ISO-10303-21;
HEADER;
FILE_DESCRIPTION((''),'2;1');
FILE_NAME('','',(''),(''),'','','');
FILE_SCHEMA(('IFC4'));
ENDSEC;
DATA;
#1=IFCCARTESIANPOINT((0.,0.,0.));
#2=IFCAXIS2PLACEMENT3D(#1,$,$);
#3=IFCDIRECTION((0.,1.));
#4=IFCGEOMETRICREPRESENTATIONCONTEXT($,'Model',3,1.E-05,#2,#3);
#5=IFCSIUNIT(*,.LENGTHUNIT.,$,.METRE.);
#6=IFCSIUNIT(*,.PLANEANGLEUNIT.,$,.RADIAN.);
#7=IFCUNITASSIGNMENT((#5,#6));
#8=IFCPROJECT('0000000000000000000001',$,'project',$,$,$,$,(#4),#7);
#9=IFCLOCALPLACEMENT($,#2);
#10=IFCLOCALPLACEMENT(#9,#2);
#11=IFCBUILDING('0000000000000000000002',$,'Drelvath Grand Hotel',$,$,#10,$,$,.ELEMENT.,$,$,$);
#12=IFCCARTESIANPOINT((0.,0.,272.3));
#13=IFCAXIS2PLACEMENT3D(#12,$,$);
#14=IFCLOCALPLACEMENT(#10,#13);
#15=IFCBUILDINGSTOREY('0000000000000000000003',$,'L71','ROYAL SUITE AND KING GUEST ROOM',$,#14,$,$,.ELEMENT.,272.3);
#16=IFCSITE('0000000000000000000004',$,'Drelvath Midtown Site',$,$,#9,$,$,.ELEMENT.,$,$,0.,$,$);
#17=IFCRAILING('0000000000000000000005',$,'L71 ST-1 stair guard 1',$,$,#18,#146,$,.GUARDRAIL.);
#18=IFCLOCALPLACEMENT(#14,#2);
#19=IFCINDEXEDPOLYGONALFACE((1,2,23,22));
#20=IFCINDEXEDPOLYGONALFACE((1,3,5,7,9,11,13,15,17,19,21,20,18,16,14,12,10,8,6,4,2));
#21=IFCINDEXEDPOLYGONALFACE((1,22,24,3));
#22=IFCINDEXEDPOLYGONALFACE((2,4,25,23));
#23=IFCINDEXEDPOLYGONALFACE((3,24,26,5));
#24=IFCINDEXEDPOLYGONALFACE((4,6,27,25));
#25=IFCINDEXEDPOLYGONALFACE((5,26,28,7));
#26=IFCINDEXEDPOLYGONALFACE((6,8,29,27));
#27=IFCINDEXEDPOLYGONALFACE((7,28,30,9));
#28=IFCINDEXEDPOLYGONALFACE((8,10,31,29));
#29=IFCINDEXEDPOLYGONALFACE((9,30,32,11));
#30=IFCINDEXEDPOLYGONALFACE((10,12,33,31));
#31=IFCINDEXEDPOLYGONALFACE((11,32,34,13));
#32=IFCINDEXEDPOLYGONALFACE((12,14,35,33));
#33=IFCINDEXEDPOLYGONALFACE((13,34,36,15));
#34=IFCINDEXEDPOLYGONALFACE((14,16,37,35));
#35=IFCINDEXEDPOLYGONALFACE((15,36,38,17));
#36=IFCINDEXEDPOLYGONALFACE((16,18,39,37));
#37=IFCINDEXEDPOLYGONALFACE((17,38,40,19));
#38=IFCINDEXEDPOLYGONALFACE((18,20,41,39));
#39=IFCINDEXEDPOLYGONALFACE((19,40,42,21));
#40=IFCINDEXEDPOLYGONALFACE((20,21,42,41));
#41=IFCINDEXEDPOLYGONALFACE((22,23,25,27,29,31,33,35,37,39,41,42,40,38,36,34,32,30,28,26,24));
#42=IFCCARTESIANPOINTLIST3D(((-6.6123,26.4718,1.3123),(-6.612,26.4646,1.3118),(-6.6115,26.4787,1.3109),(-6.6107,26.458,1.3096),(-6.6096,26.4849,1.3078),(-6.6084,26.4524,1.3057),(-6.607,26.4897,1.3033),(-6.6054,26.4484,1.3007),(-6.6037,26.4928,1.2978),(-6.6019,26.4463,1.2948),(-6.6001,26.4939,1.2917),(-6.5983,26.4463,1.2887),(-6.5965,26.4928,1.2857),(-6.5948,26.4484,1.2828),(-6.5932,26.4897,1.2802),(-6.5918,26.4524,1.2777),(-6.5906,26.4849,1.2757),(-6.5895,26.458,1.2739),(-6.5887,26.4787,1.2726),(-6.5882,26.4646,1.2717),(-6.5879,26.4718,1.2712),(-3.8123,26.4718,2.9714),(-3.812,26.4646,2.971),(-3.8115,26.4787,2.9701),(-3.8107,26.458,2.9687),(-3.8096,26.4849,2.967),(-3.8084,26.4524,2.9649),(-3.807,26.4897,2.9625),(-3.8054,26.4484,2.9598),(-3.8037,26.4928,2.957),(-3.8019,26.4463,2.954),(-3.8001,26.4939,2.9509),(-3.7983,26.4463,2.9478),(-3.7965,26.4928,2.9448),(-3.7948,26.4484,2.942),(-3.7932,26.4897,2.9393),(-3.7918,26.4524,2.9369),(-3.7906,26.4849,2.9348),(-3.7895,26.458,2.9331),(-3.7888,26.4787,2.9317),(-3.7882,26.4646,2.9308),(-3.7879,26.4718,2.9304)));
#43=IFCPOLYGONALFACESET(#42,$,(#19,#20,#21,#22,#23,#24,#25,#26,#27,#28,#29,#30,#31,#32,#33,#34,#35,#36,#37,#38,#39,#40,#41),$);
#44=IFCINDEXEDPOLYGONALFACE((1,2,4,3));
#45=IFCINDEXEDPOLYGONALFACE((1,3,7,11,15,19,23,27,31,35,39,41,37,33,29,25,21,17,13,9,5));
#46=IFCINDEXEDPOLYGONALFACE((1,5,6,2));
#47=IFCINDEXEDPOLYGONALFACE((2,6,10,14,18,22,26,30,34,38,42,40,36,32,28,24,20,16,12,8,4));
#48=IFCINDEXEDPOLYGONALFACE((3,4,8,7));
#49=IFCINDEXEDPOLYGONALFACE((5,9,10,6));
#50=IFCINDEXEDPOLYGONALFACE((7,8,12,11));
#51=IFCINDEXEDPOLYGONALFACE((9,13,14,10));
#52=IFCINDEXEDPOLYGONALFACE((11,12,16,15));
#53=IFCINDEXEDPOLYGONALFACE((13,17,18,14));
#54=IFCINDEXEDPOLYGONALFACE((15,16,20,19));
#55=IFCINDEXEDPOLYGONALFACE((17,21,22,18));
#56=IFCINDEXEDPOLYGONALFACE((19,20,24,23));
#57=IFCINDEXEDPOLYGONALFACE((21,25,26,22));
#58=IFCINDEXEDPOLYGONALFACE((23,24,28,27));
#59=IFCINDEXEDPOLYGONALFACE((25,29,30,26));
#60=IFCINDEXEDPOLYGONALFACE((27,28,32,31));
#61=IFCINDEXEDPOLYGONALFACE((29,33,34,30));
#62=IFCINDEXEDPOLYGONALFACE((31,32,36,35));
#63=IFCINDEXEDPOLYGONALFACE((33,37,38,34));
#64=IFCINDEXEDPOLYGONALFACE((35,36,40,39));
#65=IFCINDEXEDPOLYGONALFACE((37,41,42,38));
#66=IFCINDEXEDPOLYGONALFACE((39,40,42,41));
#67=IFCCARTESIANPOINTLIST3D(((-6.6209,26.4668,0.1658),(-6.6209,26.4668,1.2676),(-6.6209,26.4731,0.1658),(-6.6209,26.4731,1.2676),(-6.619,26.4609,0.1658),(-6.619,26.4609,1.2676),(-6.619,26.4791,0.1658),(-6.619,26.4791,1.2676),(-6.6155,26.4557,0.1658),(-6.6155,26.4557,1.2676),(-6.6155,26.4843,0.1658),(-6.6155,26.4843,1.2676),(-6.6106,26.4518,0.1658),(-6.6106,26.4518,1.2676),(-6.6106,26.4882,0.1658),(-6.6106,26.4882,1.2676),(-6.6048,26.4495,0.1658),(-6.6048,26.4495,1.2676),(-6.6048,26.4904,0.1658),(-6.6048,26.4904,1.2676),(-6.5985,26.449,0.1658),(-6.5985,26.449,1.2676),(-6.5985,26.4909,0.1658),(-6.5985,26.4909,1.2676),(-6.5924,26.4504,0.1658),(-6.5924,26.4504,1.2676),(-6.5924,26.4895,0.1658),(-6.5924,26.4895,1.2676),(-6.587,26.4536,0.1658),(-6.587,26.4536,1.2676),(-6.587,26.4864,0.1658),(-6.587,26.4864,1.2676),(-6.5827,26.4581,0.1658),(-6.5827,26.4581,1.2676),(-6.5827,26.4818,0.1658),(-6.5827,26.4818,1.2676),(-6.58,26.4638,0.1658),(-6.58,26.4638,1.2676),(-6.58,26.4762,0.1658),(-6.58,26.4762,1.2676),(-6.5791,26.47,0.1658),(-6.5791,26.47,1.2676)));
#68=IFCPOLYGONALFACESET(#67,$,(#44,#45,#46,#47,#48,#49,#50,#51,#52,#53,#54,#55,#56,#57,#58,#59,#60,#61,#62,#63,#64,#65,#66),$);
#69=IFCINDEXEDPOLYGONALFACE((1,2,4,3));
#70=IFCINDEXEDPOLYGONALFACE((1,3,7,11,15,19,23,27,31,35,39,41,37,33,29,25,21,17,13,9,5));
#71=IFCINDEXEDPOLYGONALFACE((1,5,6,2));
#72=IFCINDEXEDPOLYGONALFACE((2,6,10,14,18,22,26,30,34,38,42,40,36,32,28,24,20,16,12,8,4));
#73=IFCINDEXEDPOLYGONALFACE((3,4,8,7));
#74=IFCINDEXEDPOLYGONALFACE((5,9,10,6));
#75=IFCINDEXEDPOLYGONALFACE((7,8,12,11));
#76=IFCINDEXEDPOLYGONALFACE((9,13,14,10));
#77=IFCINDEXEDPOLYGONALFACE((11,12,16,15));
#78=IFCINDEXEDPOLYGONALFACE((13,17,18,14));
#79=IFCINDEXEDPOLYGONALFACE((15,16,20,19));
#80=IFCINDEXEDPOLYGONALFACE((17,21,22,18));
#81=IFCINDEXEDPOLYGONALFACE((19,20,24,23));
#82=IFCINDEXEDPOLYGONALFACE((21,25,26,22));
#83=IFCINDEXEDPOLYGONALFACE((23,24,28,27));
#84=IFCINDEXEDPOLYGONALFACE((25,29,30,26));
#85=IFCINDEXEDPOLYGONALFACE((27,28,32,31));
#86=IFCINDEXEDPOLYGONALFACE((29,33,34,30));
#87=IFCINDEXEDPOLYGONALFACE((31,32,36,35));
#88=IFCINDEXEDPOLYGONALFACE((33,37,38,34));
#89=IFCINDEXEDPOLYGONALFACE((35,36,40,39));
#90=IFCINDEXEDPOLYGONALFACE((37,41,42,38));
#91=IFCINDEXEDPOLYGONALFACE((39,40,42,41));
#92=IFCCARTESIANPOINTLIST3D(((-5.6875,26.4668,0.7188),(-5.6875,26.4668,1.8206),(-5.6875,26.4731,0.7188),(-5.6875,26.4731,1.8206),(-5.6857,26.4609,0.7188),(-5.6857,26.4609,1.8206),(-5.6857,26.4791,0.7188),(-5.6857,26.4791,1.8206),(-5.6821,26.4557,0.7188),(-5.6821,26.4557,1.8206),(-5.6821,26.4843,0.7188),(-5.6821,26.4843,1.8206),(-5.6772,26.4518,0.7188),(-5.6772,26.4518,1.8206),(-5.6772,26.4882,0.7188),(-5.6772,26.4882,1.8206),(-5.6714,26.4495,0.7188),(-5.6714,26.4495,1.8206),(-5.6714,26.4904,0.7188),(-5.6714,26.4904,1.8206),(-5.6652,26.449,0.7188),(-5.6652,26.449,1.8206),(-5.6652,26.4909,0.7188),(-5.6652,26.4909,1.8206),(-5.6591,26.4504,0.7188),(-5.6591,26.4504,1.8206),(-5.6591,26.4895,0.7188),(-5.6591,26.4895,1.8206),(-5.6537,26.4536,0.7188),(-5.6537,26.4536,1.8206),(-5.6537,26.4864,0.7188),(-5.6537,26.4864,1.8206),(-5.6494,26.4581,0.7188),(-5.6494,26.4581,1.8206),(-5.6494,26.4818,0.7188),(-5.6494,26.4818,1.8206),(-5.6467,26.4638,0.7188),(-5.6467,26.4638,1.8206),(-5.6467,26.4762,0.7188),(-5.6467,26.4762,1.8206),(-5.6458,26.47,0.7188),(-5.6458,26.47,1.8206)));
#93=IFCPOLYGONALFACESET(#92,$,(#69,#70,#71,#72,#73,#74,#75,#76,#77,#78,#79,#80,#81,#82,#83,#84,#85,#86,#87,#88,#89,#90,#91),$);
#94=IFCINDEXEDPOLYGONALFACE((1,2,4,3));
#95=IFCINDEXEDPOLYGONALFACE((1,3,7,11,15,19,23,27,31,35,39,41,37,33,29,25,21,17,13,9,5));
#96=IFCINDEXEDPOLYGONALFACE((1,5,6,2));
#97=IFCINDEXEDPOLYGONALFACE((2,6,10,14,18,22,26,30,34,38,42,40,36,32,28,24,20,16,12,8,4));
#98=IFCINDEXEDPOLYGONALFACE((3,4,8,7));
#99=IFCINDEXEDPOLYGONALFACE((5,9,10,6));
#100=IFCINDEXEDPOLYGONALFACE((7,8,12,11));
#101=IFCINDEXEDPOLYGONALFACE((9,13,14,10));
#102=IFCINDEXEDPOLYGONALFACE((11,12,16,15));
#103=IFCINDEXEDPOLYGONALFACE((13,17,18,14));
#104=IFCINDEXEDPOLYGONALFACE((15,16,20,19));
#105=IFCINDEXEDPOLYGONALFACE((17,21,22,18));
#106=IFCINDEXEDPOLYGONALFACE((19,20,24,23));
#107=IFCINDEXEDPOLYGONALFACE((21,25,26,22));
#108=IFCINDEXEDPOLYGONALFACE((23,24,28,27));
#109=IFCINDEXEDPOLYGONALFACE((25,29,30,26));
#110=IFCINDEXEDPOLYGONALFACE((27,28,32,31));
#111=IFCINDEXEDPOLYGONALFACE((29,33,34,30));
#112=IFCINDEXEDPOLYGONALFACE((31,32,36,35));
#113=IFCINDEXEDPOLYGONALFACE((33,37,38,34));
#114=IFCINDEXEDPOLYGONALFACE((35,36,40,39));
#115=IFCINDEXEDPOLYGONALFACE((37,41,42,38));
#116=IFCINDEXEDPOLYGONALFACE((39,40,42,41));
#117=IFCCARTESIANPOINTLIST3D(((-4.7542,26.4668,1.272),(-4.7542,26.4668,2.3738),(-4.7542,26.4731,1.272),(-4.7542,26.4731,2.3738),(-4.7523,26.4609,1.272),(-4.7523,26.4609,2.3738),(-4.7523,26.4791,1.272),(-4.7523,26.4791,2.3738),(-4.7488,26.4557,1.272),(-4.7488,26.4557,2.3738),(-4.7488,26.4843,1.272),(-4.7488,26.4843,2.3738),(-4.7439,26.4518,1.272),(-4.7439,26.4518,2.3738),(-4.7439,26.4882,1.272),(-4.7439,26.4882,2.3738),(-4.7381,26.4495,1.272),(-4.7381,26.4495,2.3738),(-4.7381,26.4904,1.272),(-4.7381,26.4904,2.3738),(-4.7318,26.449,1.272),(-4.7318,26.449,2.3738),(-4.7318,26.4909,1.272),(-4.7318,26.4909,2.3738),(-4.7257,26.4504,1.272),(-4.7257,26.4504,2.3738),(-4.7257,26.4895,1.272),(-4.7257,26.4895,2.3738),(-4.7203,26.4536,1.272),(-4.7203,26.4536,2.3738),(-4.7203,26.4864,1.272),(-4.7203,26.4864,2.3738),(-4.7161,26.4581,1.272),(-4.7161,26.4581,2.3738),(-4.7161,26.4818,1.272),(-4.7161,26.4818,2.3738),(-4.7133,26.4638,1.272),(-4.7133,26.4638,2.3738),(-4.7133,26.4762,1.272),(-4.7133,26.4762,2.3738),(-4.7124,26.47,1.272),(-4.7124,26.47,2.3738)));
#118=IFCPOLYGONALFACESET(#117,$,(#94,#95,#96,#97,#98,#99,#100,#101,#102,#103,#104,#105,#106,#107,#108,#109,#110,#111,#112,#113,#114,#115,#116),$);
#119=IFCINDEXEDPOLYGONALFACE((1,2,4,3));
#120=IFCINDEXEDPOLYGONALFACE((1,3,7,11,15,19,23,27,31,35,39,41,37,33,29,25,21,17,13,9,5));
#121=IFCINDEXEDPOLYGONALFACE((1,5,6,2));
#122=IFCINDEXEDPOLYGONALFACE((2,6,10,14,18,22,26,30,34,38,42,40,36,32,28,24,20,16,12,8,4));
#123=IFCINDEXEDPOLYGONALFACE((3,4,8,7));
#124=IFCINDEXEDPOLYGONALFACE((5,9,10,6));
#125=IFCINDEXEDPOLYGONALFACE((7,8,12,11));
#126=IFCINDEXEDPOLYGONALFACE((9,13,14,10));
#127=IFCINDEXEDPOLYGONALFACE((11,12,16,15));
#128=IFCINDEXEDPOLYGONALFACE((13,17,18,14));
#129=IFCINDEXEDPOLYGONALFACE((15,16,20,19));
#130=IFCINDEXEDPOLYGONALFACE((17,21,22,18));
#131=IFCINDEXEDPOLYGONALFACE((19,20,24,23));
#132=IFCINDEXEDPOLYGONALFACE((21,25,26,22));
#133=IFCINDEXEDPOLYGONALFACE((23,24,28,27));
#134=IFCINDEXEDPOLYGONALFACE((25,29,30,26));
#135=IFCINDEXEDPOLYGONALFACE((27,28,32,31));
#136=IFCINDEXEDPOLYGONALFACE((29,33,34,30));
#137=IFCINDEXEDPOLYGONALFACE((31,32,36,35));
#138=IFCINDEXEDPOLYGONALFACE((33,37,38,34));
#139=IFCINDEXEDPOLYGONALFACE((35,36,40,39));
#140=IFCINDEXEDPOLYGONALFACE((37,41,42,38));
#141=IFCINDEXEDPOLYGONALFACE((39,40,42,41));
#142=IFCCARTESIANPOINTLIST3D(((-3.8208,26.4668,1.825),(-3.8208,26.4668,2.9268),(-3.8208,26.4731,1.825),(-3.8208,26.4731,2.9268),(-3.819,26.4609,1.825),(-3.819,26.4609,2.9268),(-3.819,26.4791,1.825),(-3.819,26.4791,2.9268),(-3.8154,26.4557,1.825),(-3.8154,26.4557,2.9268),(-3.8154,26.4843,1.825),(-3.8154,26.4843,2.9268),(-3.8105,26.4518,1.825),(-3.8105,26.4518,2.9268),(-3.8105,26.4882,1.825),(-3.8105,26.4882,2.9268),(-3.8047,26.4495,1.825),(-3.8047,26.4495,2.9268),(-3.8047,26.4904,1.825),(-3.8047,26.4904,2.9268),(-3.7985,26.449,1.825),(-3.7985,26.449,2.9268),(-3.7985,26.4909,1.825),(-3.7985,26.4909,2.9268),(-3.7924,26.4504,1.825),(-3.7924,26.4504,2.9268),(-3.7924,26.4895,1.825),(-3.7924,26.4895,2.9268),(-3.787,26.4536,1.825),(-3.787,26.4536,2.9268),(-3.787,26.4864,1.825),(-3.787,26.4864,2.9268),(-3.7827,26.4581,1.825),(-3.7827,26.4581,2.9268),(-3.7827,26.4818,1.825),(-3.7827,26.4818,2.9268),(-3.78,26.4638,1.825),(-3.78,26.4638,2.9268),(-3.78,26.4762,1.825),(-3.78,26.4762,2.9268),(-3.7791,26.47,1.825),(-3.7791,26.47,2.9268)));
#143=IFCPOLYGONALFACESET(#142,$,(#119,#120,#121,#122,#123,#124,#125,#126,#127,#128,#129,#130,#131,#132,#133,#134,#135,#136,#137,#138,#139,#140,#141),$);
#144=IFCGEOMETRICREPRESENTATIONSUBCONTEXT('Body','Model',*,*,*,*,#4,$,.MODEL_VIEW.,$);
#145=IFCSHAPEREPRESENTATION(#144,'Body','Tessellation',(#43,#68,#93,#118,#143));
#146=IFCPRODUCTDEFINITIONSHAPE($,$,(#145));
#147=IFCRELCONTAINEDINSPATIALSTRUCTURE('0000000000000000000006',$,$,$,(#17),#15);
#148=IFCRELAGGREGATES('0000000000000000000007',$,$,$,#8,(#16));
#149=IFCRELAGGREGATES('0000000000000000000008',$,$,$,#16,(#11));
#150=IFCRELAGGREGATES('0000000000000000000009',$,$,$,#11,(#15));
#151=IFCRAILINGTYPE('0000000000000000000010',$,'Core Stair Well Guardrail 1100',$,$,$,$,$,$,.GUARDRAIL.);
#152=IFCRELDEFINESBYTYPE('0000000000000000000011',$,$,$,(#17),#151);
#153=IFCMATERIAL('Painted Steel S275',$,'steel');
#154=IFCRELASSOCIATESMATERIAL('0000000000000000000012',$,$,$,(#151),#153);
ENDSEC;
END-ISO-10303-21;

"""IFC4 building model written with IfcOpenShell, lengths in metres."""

from ifc_helpers import new_model, si_unit, direction, frame, origin, origin_2d, place, context, subcontext, project, spatial, circle, extrude, material, type_object, element, save


model = new_model("IFC4")

# Units and contexts
model_context = context("Model", 3, precision=1e-05, world=origin(), true_north=direction((0.0, 1.0)))
body_context = subcontext(model_context, "Body", "Model", "MODEL_VIEW")
ifc_project = project(units=[si_unit("LENGTHUNIT", "METRE"), si_unit("PLANEANGLEUNIT", "RADIAN")], contexts=[model_context])

# Site, building, storey
site_placement = place(None, origin())
site = spatial("IfcSite", under=ifc_project, at=site_placement, Name="Drelvath Midtown Site", CompositionType="ELEMENT", RefElevation=0.0)
building_placement = place(site_placement, origin())
building = spatial("IfcBuilding", under=site, at=building_placement, Name="Drelvath Grand Hotel", CompositionType="ELEMENT")
storey_placement = place(building_placement, frame((0.0, 0.0, 272.3)))
storey = spatial("IfcBuildingStorey", under=building, at=storey_placement, Name="L71", Description="ROYAL SUITE AND KING GUEST ROOM", CompositionType="ELEMENT", Elevation=272.3)

# Shared definitions
ifc_material_1 = material(Name="Painted Steel S275", Category="steel")

# Railing
railing_type_1 = type_object("IfcRailingType", Name="Core Stair Well Guardrail 1100", PredefinedType="GUARDRAIL", material=ifc_material_1)
railing_1_placement = place(storey_placement, frame((-6.6001, 26.47, 0.1658)))
element("IfcRailing", 1, at=railing_1_placement, inside=storey, type_object=railing_type_1, Name="L71 ST-1 stair guard 1", PredefinedType="GUARDRAIL", context=body_context, shape_type="SweptSolid", body=[
    extrude(circle(Radius=0.0239, at=origin_2d()), frame((0.0, 0.0, 1.126), z_axis=(0.860306, 0.0, 0.509778), x_axis=(0.0, 1.0, 0.0)), (0.0, 0.0, 1.0), 3.2546),
    extrude(circle(Radius=0.021, at=origin_2d()), origin(), (0.0, 0.0, 1.0), 1.1018),
    extrude(circle(Radius=0.021, at=origin_2d()), frame((0.9333, 0.0, 0.553)), (0.0, 0.0, 1.0), 1.1018),
    extrude(circle(Radius=0.021, at=origin_2d()), frame((1.8667, 0.0, 1.1062)), (0.0, 0.0, 1.0), 1.1018),
    extrude(circle(Radius=0.021, at=origin_2d()), frame((2.8, 0.0, 1.6592)), (0.0, 0.0, 1.0), 1.1018),
])

save(model, "model.ifc")
